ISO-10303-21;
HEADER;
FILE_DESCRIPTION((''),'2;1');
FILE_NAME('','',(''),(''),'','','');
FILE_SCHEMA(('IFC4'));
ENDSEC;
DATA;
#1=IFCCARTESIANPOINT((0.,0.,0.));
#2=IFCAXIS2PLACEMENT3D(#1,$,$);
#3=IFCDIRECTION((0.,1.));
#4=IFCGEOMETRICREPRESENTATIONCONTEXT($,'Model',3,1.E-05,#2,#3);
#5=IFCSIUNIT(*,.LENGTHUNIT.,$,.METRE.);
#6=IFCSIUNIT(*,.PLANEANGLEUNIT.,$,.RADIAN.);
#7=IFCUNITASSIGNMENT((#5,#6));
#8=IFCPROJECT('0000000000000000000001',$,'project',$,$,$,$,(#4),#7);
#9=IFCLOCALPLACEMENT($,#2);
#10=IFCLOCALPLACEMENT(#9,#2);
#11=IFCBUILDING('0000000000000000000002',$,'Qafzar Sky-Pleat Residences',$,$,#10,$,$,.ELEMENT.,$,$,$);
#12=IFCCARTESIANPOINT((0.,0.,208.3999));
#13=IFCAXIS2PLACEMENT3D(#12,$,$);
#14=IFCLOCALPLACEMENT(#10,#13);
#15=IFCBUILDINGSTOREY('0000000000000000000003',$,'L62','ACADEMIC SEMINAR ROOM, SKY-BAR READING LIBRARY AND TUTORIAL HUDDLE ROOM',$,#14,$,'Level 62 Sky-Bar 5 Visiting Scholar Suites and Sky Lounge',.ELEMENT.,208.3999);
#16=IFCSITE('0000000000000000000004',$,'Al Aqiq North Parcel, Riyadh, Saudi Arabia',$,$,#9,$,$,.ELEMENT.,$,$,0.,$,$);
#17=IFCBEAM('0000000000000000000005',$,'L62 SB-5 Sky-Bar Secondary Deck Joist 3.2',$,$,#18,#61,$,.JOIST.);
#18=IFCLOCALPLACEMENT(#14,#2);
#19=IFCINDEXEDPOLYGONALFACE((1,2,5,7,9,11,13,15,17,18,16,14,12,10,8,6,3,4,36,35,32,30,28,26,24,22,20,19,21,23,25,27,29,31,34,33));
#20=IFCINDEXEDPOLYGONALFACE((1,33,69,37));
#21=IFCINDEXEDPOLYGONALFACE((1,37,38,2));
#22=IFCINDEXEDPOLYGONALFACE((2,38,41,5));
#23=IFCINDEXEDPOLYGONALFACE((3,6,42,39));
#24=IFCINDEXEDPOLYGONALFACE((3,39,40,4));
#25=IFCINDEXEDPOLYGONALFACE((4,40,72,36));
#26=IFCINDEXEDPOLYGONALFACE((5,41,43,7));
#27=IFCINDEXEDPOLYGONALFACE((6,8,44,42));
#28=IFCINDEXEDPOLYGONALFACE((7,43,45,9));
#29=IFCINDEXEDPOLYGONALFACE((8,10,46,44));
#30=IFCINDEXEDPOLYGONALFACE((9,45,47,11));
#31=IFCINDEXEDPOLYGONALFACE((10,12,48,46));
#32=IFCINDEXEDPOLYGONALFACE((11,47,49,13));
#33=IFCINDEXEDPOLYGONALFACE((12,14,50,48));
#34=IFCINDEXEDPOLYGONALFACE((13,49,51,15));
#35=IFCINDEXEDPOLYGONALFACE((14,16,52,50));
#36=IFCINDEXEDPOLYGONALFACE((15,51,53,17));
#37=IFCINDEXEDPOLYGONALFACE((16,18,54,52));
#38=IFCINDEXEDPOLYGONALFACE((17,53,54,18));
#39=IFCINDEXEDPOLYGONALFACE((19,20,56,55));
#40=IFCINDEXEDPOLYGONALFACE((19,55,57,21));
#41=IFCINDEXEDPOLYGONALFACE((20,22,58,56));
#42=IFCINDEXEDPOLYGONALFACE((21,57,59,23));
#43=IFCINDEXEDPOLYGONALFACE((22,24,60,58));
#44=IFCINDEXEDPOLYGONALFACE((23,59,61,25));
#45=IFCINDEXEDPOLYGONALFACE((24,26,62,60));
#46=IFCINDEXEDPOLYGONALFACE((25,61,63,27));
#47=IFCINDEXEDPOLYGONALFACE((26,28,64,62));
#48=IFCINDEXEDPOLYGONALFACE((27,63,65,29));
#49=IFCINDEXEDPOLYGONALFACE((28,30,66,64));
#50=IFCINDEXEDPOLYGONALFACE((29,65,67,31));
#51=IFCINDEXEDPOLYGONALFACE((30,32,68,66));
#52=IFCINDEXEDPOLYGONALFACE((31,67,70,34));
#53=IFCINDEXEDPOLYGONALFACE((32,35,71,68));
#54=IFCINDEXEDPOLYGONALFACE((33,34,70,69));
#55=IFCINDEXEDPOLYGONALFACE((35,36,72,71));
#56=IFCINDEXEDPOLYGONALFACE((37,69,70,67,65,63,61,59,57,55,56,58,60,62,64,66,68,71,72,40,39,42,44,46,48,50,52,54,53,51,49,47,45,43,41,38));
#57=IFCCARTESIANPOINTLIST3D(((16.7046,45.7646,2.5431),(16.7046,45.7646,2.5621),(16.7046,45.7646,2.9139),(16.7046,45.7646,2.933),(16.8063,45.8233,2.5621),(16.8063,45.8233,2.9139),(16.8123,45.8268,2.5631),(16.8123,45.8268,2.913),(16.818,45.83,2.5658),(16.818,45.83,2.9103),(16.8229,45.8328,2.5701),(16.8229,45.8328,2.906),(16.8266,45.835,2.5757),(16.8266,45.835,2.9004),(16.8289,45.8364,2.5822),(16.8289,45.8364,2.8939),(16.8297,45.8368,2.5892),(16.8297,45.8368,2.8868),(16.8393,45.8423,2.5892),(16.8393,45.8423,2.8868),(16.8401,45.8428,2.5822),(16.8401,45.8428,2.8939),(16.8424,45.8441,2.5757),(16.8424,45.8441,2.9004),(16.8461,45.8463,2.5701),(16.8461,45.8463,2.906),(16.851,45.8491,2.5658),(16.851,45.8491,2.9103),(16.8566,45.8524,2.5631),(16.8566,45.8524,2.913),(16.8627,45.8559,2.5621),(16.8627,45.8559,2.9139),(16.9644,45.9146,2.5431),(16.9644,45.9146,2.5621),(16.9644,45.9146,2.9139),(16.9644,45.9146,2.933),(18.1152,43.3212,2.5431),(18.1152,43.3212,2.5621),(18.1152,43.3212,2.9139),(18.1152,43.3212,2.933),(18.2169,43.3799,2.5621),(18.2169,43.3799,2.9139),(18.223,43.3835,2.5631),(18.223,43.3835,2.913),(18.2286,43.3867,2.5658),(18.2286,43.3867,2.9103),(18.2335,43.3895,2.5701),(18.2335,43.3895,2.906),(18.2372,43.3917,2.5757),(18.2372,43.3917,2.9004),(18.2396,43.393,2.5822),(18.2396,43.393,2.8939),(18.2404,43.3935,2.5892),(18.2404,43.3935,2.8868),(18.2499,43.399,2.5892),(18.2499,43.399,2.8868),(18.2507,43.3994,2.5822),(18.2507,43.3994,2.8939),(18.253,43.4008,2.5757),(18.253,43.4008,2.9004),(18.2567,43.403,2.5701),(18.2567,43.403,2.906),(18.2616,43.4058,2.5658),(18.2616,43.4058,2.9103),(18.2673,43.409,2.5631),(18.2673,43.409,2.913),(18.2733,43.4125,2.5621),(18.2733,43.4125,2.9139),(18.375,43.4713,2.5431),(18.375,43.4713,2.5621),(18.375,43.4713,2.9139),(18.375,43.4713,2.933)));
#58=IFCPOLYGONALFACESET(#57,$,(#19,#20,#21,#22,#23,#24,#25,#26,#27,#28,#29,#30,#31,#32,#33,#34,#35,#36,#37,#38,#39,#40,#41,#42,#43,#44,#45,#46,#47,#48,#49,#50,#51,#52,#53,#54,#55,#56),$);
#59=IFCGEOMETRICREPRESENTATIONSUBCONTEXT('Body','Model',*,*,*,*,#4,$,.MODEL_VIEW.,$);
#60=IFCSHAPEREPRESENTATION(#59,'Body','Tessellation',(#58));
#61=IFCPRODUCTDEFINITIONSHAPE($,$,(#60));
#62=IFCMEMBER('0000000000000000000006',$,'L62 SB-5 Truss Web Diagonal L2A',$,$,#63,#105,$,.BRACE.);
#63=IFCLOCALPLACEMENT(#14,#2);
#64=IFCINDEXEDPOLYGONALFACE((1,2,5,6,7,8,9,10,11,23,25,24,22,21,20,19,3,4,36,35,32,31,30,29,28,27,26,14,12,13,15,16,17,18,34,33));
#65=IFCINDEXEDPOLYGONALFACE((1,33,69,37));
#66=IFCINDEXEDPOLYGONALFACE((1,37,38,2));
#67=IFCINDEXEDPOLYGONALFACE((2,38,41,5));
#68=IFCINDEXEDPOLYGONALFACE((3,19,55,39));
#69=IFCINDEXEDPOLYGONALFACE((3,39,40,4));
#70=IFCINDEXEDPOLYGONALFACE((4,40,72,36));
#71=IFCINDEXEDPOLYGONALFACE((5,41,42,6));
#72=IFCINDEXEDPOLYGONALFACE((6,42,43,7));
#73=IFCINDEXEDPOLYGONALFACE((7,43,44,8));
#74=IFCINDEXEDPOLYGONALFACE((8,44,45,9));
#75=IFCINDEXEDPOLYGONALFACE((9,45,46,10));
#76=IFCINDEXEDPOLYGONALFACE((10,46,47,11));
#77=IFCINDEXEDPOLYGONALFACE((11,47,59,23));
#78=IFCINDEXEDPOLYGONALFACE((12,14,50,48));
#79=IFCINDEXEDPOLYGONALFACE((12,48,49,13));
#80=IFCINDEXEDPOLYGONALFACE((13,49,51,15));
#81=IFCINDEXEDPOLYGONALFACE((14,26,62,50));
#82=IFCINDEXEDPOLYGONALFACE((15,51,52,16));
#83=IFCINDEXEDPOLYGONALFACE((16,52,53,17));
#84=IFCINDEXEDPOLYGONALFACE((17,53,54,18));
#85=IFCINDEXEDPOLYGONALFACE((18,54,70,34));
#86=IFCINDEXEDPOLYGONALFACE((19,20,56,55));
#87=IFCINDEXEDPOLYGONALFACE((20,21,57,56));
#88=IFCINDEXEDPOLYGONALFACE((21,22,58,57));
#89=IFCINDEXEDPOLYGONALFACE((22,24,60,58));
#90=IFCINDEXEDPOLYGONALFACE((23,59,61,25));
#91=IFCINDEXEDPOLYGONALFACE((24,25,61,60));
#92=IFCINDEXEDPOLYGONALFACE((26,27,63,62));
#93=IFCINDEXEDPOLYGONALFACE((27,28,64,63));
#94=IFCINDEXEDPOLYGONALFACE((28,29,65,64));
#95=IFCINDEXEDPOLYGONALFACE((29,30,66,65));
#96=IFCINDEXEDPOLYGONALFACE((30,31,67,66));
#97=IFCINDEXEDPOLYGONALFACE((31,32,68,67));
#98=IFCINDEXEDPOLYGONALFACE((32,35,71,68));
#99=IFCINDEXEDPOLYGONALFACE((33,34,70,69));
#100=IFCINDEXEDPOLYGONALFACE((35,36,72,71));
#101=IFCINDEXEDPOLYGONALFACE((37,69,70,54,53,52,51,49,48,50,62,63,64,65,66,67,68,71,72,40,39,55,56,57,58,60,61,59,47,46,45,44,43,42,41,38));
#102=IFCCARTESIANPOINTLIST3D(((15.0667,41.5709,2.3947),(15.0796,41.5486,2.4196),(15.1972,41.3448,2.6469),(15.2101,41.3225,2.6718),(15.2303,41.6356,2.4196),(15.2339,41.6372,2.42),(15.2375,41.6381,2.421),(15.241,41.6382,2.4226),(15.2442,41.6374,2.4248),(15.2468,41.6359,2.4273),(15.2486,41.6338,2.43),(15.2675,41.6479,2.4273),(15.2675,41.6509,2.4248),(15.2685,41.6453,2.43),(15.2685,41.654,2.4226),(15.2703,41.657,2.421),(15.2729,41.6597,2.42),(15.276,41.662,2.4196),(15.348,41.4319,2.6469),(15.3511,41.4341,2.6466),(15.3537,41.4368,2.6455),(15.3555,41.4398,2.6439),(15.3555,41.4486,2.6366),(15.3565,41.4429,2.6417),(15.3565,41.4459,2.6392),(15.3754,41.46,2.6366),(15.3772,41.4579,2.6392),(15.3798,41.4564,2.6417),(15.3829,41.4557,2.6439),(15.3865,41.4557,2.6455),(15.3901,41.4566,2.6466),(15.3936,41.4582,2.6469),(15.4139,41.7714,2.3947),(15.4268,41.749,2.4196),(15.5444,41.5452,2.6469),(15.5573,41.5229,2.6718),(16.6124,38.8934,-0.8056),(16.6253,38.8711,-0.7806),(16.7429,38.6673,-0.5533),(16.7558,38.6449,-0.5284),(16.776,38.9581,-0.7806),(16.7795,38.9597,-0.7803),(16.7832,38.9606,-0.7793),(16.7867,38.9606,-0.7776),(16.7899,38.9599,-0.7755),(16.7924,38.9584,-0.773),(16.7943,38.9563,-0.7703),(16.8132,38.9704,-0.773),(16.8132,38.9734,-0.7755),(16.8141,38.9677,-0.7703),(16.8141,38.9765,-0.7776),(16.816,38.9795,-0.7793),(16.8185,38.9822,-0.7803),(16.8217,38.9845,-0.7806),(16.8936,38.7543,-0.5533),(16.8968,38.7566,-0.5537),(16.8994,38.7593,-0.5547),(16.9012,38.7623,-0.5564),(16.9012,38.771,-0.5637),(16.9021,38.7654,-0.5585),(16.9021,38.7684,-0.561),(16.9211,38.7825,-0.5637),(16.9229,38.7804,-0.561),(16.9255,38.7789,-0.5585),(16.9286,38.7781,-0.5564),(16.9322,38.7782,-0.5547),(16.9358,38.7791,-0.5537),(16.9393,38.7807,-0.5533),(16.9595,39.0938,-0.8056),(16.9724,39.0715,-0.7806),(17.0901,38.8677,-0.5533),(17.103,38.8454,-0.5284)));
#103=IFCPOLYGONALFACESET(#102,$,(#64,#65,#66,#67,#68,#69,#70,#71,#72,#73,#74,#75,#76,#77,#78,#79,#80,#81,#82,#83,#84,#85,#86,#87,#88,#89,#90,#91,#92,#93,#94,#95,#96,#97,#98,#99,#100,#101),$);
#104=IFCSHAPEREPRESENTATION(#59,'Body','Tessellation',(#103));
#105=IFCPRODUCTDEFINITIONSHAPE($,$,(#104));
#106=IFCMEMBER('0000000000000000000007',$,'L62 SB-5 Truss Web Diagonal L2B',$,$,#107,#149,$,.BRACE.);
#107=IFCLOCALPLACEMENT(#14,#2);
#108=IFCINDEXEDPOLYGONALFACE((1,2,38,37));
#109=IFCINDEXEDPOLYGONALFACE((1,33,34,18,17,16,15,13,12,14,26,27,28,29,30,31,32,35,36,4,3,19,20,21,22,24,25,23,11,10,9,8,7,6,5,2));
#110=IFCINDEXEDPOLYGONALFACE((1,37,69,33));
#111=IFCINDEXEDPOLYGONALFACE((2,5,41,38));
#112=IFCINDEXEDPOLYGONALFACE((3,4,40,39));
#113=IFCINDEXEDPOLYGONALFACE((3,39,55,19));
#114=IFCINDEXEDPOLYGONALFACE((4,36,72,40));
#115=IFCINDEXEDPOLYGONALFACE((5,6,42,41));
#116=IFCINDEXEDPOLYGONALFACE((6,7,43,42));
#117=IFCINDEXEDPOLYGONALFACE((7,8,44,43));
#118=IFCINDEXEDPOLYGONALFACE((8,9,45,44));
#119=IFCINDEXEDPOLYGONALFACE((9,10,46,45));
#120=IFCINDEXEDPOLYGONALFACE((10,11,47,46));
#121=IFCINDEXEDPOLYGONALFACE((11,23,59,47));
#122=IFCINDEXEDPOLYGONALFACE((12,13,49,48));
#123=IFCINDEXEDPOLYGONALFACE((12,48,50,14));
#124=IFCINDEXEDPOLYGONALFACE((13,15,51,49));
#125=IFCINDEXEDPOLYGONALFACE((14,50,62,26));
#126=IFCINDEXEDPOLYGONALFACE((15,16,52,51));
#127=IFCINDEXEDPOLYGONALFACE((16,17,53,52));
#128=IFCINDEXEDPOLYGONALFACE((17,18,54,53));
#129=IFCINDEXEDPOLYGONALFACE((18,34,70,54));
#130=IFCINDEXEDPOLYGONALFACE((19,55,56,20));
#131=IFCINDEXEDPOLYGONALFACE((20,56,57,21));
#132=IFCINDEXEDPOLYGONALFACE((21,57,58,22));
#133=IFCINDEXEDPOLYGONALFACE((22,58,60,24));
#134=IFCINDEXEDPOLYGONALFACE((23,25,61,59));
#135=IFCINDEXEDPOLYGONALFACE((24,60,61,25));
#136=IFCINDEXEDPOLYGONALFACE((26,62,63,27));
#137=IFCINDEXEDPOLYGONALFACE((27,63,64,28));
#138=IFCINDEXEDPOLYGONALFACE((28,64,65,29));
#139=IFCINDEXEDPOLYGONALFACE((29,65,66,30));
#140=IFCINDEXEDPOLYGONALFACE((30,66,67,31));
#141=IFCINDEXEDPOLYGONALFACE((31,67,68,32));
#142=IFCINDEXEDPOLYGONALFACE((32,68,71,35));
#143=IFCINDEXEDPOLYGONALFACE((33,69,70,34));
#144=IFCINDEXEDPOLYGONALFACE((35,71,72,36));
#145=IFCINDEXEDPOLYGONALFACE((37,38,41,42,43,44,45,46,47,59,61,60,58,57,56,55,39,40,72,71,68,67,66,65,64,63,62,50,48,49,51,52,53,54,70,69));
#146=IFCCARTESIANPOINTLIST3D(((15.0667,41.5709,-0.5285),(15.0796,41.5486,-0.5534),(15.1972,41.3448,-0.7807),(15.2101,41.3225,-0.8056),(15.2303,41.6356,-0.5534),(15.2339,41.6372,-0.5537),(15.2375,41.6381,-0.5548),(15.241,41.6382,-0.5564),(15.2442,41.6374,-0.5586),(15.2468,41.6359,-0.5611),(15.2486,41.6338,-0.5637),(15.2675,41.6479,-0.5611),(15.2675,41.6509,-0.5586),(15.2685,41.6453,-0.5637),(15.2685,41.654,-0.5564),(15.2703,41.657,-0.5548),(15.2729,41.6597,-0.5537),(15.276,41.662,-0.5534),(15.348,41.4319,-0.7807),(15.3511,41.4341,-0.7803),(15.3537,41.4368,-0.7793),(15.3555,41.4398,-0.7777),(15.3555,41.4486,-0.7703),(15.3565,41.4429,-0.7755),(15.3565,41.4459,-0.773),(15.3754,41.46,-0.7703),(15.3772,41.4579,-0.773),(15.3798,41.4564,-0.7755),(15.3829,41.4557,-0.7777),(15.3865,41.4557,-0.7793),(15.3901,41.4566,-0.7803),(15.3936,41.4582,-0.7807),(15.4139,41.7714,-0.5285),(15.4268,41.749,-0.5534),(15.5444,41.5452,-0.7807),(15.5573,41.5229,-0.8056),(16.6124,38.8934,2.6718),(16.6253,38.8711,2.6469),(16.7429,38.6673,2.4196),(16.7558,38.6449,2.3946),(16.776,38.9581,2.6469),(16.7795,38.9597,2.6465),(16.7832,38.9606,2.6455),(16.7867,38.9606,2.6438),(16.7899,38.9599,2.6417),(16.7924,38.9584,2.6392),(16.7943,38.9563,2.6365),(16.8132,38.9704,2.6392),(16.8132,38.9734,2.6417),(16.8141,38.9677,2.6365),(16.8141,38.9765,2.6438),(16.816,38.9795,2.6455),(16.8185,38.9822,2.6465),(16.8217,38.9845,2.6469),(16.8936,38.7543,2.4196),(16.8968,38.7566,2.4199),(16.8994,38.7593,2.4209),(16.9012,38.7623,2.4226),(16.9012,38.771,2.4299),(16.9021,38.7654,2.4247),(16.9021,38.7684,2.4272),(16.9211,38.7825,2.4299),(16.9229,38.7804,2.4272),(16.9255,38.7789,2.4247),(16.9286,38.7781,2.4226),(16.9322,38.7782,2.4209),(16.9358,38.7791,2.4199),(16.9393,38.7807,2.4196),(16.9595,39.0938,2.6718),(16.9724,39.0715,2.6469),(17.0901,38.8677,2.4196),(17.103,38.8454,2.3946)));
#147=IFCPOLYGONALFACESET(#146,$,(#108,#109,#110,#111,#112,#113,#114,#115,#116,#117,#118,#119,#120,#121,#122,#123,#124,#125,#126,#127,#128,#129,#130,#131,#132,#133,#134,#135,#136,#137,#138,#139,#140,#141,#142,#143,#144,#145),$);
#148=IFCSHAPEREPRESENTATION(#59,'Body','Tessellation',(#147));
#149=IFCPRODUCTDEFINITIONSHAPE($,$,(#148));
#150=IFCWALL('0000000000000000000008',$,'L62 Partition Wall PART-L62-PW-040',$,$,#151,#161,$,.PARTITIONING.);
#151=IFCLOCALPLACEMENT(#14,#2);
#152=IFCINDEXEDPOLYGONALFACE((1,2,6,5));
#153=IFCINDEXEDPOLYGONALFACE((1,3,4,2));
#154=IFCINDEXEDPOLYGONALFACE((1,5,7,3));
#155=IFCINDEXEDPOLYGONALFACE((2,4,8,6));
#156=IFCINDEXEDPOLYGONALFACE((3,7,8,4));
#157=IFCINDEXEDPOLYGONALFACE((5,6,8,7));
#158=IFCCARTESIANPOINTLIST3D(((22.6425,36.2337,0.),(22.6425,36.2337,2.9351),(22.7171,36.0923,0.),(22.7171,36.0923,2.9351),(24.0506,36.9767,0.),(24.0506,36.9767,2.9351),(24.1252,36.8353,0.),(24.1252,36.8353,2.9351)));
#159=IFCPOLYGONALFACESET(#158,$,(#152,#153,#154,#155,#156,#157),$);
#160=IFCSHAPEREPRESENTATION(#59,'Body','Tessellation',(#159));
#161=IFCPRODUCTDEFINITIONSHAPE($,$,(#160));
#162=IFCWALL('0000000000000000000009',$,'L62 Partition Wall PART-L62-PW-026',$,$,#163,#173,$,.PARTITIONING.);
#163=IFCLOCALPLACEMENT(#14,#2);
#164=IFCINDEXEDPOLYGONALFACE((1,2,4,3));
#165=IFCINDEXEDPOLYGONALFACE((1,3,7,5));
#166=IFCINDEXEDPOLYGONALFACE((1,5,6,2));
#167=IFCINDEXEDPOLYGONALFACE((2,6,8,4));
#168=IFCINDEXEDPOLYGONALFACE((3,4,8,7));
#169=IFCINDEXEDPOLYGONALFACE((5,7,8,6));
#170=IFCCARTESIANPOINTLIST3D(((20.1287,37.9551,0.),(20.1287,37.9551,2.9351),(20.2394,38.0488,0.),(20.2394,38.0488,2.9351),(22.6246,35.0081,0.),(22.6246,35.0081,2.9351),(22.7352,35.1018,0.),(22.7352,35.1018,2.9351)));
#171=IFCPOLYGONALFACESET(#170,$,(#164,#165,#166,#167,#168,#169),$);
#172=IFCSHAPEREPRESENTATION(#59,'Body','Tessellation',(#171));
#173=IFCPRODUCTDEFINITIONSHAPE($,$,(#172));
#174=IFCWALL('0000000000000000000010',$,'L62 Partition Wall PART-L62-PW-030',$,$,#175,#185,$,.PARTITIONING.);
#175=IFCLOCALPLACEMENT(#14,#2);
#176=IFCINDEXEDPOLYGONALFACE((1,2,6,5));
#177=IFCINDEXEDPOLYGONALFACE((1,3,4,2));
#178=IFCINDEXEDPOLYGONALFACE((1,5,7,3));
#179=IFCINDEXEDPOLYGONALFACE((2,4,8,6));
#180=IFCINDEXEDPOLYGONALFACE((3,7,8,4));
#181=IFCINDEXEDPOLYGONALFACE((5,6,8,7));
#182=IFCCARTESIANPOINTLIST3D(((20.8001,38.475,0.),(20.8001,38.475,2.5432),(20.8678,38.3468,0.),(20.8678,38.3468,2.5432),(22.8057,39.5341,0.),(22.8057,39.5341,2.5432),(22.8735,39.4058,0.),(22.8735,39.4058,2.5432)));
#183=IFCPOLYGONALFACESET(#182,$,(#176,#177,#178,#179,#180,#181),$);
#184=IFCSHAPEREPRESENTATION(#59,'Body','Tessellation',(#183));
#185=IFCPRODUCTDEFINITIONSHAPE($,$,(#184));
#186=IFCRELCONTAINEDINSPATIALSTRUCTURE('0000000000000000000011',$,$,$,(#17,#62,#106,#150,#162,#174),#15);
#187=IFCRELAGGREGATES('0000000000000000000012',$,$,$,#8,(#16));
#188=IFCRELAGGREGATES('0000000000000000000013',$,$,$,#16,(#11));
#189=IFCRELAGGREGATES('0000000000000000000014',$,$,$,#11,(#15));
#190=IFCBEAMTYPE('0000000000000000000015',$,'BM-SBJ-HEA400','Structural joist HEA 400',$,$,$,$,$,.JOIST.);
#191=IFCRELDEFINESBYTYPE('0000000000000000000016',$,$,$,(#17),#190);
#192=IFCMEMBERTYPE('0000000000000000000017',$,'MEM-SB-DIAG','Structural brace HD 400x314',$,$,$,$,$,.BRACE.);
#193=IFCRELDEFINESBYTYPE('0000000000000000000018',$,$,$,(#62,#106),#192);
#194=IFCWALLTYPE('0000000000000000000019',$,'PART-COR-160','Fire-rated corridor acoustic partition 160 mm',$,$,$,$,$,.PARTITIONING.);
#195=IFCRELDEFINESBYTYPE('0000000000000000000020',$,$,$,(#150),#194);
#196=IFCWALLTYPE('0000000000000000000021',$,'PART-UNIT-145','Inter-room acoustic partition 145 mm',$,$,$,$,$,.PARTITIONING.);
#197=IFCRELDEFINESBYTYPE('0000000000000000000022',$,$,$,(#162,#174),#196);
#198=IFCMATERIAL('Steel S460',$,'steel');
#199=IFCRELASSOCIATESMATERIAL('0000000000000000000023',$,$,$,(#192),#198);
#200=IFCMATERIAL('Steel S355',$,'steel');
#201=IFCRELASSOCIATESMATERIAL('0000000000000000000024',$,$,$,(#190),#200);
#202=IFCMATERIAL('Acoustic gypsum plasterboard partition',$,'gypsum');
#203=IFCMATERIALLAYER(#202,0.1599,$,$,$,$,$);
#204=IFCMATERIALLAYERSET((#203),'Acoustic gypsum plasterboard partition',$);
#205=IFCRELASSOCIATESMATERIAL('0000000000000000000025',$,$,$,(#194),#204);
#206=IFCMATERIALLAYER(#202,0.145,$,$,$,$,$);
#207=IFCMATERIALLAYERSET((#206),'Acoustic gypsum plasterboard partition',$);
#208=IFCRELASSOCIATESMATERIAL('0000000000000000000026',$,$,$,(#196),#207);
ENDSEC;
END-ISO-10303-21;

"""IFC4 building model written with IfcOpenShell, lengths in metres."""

from ifc_helpers import new_model, si_unit, direction, frame, frame_2d, origin, origin_2d, place, context, subcontext, project, spatial, rectangle, i_section, extrude, source, transform, mapped, material, layer, layer_set, material_profile, profile_set, type_object, element, save


model = new_model("IFC4")

# Units and contexts
model_context = context("Model", 3, precision=1e-05, world=origin(), true_north=direction((0.0, 1.0)))
body_context = subcontext(model_context, "Body", "Model", "MODEL_VIEW")
ifc_project = project(units=[si_unit("LENGTHUNIT", "METRE"), si_unit("PLANEANGLEUNIT", "RADIAN")], contexts=[model_context])

# Site, building, storey
site_placement = place(None, origin())
site = spatial("IfcSite", under=ifc_project, at=site_placement, Name="Al Aqiq North Parcel, Riyadh, Saudi Arabia", CompositionType="ELEMENT", RefElevation=0.0)
building_placement = place(site_placement, origin())
building = spatial("IfcBuilding", under=site, at=building_placement, Name="Qafzar Sky-Pleat Residences", CompositionType="ELEMENT")
storey_placement = place(building_placement, frame((0.0, 0.0, 208.3999)))
storey = spatial("IfcBuildingStorey", under=building, at=storey_placement, Name="L62", Description="ACADEMIC SEMINAR ROOM, SKY-BAR READING LIBRARY AND TUTORIAL HUDDLE ROOM", LongName="Level 62 Sky-Bar 5 Visiting Scholar Suites and Sky Lounge", CompositionType="ELEMENT", Elevation=208.3999)

# Shared definitions
ifc_material_1 = material(Name="Steel S355", Category="steel")
ifc_material_2 = material(Name="Steel S460", Category="steel")

# Shared definitions
ifc_material_profile_1 = material_profile(ifc_material_2, i_section(OverallWidth=0.4009, OverallDepth=0.3989, WebThickness=0.0229, FlangeThickness=0.0359, FilletRadius=0.0149, at=origin_2d()), Name="HD 400x314")
ifc_profile_set_1 = profile_set([ifc_material_profile_1], Name="Steel S460")
member_type = type_object("IfcMemberType", Name="MEM-SB-DIAG", Description="Structural brace HD 400x314", PredefinedType="BRACE", material=ifc_profile_set_1)

# Beam
ifc_material_profile_2 = material_profile(ifc_material_1, i_section(OverallWidth=0.3, OverallDepth=0.3899, WebThickness=0.011, FlangeThickness=0.019, FilletRadius=0.0271, at=origin_2d()), Name="HEA 400")
ifc_profile_set_2 = profile_set([ifc_material_profile_2], Name="Steel S355")
beam_type_1 = type_object("IfcBeamType", Name="BM-SBJ-HEA400", Description="Structural joist HEA 400", PredefinedType="JOIST", material=ifc_profile_set_2)
shared_shape_1 = source(origin(), body_context, "Body", "SweptSolid", [
    extrude(i_section(OverallWidth=0.3, OverallDepth=0.3899, WebThickness=0.011, FlangeThickness=0.019, FilletRadius=0.0271, at=origin_2d()), origin(), (0.0, 0.0, 1.0), 2.8213),
])
beam_1_placement = place(storey_placement, frame((18.2451, 43.3962, 2.738), z_axis=(-0.499992, 0.86603, 0.0), x_axis=(-0.86603, -0.499992, 0.0)))
element("IfcBeam", 1, at=beam_1_placement, inside=storey, type_object=beam_type_1, Name="L62 SB-5 Sky-Bar Secondary Deck Joist 3.2", PredefinedType="JOIST", context=body_context, shape_type="MappedRepresentation", body=[
    mapped(shared_shape_1, transform((0.0, 0.0, 0.0), x_axis=(1.0, 0.0, 0.0), y_axis=(0.0, 1.0, 0.0), z_axis=(0.0, 0.0, 1.0), scale=1.0)),
])

# Members
shared_shape_2 = source(origin(), body_context, "Body", "SweptSolid", [
    extrude(i_section(OverallWidth=0.4009, OverallDepth=0.3989, WebThickness=0.0229, FlangeThickness=0.0359, FilletRadius=0.0149, at=origin_2d()), origin(), (0.0, 0.0, 1.0), 4.4497),
])
for number, where, z_axis, x_axis, name in (
    (2, (16.8577, 38.8694, -0.667), (-0.347367, 0.601733, 0.719204), (-0.866053, -0.499953, 0.0), "L62 SB-5 Truss Web Diagonal L2A"),
    (3, (16.8577, 38.8694, 2.5332), (-0.347367, 0.601733, -0.719204), (-0.866053, -0.499953, 0.0), "L62 SB-5 Truss Web Diagonal L2B"),
):
    element("IfcMember", number, at=place(storey_placement, frame(where, z_axis=z_axis, x_axis=x_axis)), inside=storey, type_object=member_type, Name=name, PredefinedType="BRACE", context=body_context, shape_type="MappedRepresentation", body=[
        mapped(shared_shape_2, transform((0.0, 0.0, 0.0), x_axis=(1.0, 0.0, 0.0), y_axis=(0.0, 1.0, 0.0), z_axis=(0.0, 0.0, 1.0), scale=1.0)),
    ])

# Walls
ifc_material_3 = material(Name="Acoustic gypsum plasterboard partition", Category="gypsum")
ifc_layer_1 = layer(ifc_material_3, 0.1599)
ifc_layer_set_1 = layer_set([ifc_layer_1], Name="Acoustic gypsum plasterboard partition")
wall_type_1 = type_object("IfcWallType", Name="PART-COR-160", Description="Fire-rated corridor acoustic partition 160 mm", PredefinedType="PARTITIONING", material=ifc_layer_set_1)
wall_1_placement = place(storey_placement, frame((22.6799, 36.1631, 0.0), z_axis=(0.0, 0.0, 1.0), x_axis=(0.884429, 0.466675, 0.0)))
element("IfcWall", 4, at=wall_1_placement, inside=storey, type_object=wall_type_1, Name="L62 Partition Wall PART-L62-PW-040", PredefinedType="PARTITIONING", context=body_context, shape_type="SweptSolid", body=[
    extrude(rectangle(XDim=1.592, YDim=0.1599, at=frame_2d((0.7959, 0.0))), origin(), (0.0, 0.0, 1.0), 2.9351),
])
ifc_layer_2 = layer(ifc_material_3, 0.145)
ifc_layer_set_2 = layer_set([ifc_layer_2], Name="Acoustic gypsum plasterboard partition")
wall_type_2 = type_object("IfcWallType", Name="PART-UNIT-145", Description="Inter-room acoustic partition 145 mm", PredefinedType="PARTITIONING", material=ifc_layer_set_2)
wall_2_placement = place(storey_placement, frame((20.1841, 38.002, 0.0), z_axis=(0.0, 0.0, 1.0), x_axis=(0.646277, -0.763103, 0.0)))
element("IfcWall", 5, at=wall_2_placement, inside=storey, type_object=wall_type_2, Name="L62 Partition Wall PART-L62-PW-026", PredefinedType="PARTITIONING", context=body_context, shape_type="SweptSolid", body=[
    extrude(rectangle(XDim=3.8618, YDim=0.145, at=frame_2d((1.9309, 0.0))), origin(), (0.0, 0.0, 1.0), 2.9351),
])
wall_3_placement = place(storey_placement, frame((20.834, 38.4109, 0.0), z_axis=(0.0, 0.0, 1.0), x_axis=(0.884282, 0.466953, 0.0)))
element("IfcWall", 6, at=wall_3_placement, inside=storey, type_object=wall_type_2, Name="L62 Partition Wall PART-L62-PW-030", PredefinedType="PARTITIONING", context=body_context, shape_type="SweptSolid", body=[
    extrude(rectangle(XDim=2.2681, YDim=0.145, at=frame_2d((1.134, 0.0))), origin(), (0.0, 0.0, 1.0), 2.5432),
])

save(model, "model.ifc")
